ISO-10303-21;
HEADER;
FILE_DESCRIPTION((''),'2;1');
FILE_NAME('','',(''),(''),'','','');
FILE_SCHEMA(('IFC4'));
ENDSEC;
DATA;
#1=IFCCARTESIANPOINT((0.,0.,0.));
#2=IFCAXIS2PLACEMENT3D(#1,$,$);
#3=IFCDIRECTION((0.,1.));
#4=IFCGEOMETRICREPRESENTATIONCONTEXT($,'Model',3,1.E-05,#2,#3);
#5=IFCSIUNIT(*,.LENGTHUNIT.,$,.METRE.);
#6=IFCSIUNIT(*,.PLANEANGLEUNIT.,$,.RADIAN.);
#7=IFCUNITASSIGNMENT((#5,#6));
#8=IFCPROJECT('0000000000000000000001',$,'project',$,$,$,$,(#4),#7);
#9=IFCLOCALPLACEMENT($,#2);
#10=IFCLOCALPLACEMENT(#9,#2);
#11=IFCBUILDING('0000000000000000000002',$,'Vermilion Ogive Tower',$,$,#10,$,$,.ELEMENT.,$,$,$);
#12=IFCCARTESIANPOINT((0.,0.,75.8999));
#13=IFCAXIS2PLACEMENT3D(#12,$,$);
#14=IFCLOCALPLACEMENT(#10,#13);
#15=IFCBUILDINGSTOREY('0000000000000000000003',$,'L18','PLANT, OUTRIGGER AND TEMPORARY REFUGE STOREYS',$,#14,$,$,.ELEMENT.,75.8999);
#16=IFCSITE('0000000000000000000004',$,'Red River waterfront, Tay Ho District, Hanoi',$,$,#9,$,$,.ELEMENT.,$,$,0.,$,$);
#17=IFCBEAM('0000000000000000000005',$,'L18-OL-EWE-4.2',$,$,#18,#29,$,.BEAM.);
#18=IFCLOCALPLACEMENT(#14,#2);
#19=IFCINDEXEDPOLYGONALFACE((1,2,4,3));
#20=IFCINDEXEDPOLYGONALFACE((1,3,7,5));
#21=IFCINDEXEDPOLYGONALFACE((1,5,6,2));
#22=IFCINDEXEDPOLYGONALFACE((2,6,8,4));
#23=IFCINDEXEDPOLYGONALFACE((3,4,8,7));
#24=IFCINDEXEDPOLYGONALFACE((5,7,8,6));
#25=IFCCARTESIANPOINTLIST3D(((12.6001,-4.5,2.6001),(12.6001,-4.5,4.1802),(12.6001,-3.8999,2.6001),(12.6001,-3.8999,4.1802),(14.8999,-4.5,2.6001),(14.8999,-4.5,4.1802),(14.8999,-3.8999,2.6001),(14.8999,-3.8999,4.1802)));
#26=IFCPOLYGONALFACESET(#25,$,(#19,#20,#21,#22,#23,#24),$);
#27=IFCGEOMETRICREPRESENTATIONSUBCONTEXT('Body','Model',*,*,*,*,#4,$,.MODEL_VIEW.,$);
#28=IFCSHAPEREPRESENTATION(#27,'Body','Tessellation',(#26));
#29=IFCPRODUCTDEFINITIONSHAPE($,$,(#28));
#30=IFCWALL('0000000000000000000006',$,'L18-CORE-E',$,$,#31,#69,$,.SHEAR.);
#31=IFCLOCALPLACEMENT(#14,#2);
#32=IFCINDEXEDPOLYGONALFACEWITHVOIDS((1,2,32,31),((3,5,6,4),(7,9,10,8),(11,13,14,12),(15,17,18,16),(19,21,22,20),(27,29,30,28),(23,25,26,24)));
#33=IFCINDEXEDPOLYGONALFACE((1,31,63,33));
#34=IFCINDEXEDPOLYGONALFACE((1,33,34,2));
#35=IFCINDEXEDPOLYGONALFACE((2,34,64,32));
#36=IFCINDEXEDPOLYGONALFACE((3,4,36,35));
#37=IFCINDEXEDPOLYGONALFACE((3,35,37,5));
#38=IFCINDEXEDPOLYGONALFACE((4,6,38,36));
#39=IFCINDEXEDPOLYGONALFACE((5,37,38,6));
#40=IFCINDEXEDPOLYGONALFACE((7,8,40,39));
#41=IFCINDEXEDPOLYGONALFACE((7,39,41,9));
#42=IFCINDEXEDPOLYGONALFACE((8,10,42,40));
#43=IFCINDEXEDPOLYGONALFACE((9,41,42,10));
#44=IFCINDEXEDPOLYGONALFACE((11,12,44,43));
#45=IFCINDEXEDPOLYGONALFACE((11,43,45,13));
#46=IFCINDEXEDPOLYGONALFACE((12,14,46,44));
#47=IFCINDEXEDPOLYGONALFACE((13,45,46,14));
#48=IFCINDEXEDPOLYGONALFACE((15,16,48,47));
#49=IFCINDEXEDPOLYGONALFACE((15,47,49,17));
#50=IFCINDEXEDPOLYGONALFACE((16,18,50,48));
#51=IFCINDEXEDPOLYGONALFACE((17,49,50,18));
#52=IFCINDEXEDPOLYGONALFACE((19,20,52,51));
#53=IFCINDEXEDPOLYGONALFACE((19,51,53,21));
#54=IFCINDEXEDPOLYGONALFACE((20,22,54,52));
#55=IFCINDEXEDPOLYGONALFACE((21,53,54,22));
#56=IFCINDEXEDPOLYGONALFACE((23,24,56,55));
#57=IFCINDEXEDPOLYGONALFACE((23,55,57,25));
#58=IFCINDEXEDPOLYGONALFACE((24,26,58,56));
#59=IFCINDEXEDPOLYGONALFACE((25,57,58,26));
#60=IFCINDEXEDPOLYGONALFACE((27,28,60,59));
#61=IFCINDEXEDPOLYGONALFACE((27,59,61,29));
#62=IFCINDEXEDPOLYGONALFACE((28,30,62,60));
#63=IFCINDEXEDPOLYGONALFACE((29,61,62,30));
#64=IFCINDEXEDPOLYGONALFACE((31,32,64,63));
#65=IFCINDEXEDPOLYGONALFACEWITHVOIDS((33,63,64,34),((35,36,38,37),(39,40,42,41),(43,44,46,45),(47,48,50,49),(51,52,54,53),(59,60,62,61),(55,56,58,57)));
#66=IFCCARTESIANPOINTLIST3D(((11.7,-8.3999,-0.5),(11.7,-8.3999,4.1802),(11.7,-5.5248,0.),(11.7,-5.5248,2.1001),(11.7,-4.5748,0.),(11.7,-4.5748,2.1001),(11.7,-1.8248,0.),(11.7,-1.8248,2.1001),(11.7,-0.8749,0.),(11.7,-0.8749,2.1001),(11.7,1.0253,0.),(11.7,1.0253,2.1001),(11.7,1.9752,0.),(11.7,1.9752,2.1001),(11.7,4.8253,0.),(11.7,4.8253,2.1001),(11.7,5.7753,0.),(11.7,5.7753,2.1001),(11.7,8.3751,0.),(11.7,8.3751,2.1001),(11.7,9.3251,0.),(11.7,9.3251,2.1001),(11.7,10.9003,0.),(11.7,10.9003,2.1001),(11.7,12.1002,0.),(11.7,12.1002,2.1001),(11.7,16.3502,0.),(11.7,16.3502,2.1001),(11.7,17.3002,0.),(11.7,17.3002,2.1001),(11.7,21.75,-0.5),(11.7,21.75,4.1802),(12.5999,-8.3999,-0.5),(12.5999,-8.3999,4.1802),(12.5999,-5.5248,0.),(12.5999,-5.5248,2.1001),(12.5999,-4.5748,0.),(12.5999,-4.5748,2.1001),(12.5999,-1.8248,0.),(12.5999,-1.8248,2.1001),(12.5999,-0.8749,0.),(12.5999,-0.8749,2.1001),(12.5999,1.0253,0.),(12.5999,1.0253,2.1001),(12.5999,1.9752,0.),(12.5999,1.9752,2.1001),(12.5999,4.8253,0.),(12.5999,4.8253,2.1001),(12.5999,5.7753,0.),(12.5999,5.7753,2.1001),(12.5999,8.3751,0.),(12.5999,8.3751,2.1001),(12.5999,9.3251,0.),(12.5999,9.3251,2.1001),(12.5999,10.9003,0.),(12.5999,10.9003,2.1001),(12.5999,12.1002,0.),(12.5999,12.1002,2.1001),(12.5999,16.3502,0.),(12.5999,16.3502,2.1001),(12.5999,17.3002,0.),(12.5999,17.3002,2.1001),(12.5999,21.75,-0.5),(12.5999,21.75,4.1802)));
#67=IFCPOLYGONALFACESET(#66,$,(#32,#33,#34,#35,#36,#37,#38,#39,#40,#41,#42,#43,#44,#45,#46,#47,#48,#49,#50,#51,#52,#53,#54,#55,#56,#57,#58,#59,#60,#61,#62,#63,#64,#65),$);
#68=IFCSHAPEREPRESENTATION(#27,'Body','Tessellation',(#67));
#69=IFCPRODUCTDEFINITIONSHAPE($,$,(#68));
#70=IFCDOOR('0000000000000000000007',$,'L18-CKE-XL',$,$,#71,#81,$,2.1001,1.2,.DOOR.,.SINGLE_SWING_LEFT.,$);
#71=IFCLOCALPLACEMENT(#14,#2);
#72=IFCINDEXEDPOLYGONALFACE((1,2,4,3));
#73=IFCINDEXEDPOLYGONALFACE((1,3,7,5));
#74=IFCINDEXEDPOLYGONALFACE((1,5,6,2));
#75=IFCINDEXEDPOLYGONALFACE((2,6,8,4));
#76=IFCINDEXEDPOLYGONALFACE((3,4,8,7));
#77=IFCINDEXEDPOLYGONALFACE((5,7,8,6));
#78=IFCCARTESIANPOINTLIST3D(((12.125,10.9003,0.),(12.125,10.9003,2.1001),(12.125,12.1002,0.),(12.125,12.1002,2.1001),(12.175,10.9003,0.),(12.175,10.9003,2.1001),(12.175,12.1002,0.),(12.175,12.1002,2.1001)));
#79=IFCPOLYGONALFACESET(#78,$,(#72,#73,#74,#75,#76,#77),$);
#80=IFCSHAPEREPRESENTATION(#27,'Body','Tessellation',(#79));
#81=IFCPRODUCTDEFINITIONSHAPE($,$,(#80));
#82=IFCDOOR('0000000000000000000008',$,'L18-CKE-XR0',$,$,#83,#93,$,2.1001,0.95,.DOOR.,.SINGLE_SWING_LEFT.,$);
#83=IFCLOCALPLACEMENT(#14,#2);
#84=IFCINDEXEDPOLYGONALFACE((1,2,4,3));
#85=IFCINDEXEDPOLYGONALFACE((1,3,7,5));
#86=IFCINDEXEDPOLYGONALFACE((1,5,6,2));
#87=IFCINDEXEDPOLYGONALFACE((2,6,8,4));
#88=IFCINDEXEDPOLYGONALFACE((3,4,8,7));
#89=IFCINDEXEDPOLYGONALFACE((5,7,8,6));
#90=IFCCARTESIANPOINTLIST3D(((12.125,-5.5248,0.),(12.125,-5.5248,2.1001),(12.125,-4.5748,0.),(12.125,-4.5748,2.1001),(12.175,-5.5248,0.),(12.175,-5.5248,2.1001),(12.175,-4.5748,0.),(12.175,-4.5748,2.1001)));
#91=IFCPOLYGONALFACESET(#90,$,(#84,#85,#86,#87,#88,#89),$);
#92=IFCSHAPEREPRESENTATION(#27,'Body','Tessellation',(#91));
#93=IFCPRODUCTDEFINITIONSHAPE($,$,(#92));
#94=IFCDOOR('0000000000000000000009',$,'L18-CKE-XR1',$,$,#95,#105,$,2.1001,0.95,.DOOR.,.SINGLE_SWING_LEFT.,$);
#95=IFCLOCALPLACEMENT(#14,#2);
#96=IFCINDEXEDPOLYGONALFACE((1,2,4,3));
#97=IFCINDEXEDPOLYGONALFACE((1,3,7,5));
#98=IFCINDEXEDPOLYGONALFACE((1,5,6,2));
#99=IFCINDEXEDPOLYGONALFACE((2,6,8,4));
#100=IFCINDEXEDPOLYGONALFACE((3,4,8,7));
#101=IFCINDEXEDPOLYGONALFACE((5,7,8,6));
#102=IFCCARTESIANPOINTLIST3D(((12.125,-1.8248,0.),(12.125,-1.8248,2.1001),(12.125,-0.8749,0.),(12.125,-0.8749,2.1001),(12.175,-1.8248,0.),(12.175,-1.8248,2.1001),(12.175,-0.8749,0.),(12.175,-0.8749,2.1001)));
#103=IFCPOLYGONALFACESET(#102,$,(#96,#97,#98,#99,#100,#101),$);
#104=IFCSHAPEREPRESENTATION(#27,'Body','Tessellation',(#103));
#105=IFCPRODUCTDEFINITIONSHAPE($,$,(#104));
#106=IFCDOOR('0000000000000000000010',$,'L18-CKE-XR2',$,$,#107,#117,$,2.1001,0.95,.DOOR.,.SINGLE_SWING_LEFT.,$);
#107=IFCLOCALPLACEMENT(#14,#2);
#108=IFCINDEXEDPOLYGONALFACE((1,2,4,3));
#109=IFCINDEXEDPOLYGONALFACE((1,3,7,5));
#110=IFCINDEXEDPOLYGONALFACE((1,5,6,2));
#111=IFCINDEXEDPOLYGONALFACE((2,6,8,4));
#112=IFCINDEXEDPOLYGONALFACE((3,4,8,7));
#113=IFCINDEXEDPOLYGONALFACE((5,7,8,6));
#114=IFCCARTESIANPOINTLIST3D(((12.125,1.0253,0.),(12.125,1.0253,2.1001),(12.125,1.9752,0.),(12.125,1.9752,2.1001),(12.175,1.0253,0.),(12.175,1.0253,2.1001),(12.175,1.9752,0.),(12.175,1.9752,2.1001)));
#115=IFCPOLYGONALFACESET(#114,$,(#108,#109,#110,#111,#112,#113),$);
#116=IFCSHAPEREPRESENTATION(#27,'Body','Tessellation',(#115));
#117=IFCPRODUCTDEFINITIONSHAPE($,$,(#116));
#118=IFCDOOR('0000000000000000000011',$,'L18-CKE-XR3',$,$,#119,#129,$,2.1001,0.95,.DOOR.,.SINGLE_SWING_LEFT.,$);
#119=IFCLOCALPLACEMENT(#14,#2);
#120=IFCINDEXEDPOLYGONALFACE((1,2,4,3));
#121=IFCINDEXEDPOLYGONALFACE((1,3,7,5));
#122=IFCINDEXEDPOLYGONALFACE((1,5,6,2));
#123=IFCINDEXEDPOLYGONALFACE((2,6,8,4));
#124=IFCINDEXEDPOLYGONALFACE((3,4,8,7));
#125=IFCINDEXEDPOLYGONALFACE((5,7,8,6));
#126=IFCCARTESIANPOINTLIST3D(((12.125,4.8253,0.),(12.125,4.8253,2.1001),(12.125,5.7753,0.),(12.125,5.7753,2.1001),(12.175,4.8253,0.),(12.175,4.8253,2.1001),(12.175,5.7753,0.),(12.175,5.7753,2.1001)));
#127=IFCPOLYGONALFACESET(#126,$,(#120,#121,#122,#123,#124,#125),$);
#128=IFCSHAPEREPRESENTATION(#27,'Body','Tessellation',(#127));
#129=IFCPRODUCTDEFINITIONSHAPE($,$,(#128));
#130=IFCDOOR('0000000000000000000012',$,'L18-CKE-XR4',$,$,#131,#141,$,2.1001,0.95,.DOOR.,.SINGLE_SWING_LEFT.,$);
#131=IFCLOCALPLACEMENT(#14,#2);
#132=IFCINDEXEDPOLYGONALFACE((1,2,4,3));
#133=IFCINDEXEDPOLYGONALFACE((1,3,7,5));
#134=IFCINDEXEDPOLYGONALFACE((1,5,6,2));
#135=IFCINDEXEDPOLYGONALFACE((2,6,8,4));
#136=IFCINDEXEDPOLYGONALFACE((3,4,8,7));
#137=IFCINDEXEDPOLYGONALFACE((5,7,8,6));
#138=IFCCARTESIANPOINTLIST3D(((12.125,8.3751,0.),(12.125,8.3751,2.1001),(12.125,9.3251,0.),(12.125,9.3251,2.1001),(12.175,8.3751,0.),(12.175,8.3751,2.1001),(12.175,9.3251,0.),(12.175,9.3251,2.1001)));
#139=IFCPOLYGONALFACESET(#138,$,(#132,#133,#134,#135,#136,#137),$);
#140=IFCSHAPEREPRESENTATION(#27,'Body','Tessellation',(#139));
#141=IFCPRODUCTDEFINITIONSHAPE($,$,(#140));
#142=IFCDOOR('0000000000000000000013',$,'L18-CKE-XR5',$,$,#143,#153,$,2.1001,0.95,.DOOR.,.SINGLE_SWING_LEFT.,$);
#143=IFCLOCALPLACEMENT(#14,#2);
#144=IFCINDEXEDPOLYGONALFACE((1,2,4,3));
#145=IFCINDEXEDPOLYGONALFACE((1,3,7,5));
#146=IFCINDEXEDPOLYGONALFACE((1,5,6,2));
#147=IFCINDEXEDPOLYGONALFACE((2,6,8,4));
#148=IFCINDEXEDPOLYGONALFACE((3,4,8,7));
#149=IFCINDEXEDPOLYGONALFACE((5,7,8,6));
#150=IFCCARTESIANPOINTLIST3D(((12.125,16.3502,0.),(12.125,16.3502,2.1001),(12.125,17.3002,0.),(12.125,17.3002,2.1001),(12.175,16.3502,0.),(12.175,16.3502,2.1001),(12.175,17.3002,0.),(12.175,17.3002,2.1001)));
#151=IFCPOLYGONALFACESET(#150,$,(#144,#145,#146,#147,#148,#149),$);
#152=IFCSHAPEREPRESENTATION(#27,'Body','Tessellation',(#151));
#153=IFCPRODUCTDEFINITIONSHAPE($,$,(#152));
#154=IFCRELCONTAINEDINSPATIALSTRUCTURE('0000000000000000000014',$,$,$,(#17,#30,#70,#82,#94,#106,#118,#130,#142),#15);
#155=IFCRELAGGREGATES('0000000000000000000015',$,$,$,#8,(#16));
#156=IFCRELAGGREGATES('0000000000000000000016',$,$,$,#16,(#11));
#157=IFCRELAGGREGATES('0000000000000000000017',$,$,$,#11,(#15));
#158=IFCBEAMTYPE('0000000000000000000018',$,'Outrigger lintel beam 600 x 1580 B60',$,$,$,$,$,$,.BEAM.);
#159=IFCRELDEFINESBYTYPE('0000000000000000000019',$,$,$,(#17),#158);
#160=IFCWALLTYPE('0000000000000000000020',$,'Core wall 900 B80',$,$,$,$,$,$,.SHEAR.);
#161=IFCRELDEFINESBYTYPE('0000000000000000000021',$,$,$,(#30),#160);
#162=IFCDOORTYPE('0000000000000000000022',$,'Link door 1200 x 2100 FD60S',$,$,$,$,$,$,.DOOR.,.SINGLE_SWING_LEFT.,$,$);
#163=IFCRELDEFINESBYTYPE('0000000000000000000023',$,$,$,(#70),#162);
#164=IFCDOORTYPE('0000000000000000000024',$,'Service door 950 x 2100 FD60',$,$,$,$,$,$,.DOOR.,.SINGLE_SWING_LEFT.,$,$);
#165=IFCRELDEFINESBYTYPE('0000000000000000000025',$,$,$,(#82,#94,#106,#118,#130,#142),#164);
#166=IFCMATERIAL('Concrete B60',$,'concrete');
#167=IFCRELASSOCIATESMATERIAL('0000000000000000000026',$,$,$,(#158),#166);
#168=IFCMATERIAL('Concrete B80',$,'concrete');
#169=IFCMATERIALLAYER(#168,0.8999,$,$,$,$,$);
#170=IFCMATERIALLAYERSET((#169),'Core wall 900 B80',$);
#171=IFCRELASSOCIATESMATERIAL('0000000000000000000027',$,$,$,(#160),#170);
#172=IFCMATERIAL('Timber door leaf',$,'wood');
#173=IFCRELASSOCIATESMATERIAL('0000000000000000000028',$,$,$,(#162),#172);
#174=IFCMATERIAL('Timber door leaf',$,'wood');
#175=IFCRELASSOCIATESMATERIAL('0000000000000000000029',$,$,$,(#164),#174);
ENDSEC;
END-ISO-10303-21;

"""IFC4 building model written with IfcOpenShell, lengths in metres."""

from ifc_helpers import new_model, si_unit, direction, frame, frame_2d, origin, origin_2d, place, context, subcontext, project, spatial, rectangle, extrude, material, layer, layer_set, material_profile, profile_set, type_object, element, fill, save


model = new_model("IFC4")

# Units and contexts
model_context = context("Model", 3, precision=1e-05, world=origin(), true_north=direction((0.0, 1.0)))
body_context = subcontext(model_context, "Body", "Model", "MODEL_VIEW")
ifc_project = project(units=[si_unit("LENGTHUNIT", "METRE"), si_unit("PLANEANGLEUNIT", "RADIAN")], contexts=[model_context])

# Site, building, storey
site_placement = place(None, origin())
site = spatial("IfcSite", under=ifc_project, at=site_placement, Name="Red River waterfront, Tay Ho District, Hanoi", CompositionType="ELEMENT", RefElevation=0.0)
building_placement = place(site_placement, origin())
building = spatial("IfcBuilding", under=site, at=building_placement, Name="Vermilion Ogive Tower", CompositionType="ELEMENT")
storey_placement = place(building_placement, frame((0.0, 0.0, 75.8999)))
storey = spatial("IfcBuildingStorey", under=building, at=storey_placement, Name="L18", Description="PLANT, OUTRIGGER AND TEMPORARY REFUGE STOREYS", CompositionType="ELEMENT", Elevation=75.8999)

# Beam
ifc_material_1 = material(Name="Concrete B60", Category="concrete")
ifc_material_profile = material_profile(ifc_material_1, rectangle(XDim=0.6001, YDim=1.5801, at=origin_2d()), Name="600 x 1580")
ifc_profile_set = profile_set([ifc_material_profile], Name="Concrete B60")
beam_type = type_object("IfcBeamType", Name="Outrigger lintel beam 600 x 1580 B60", PredefinedType="BEAM", material=ifc_profile_set)
beam_placement = place(storey_placement, frame((12.6001, -4.2, 3.3901), z_axis=(1.0, 0.0, 0.0), x_axis=(0.0, 1.0, 0.0)))
element("IfcBeam", 1, at=beam_placement, inside=storey, type_object=beam_type, Name="L18-OL-EWE-4.2", PredefinedType="BEAM", context=body_context, shape_type="SweptSolid", body=[
    extrude(rectangle(XDim=0.6001, YDim=1.5801, at=origin_2d()), origin(), (0.0, 0.0, 1.0), 2.2998),
])

# Wall, openings, doors
ifc_material_2 = material(Name="Concrete B80", Category="concrete")
ifc_layer_1 = layer(ifc_material_2, 0.8999)
ifc_layer_set_1 = layer_set([ifc_layer_1], Name="Core wall 900 B80")
wall_type_1 = type_object("IfcWallType", Name="Core wall 900 B80", PredefinedType="SHEAR", material=ifc_layer_set_1)
wall_1_placement = place(storey_placement, frame((12.1499, -8.3999, -0.5), z_axis=(0.0, 0.0, 1.0), x_axis=(0.0, 1.0, 0.0)))
wall_1 = element("IfcWall", 2, at=wall_1_placement, inside=storey, type_object=wall_type_1, Name="L18-CORE-E", PredefinedType="SHEAR", context=body_context, shape_type="SweptSolid", body=[
    extrude(rectangle(XDim=30.1499, YDim=0.8999, at=frame_2d((15.075, 0.0))), origin(), (0.0, 0.0, 1.0), 4.6802),
])
opening_1_placement = place(wall_1_placement, frame((2.875, 0.0, 0.5)))
opening_1 = element("IfcOpeningElement", 3, at=opening_1_placement, cuts=wall_1, PredefinedType="OPENING", context=body_context, shape_type="SweptSolid", body=[
    extrude(rectangle(XDim=0.95, YDim=2.1001, at=frame_2d((0.4751, 1.05))), frame((0.0, 0.46, 0.0), z_axis=(0.0, -1.0, 0.0), x_axis=(1.0, 0.0, 0.0)), (0.0, 0.0, 1.0), 0.9199),
])
opening_2_placement = place(wall_1_placement, frame((6.575, 0.0, 0.5)))
opening_2 = element("IfcOpeningElement", 4, at=opening_2_placement, cuts=wall_1, PredefinedType="OPENING", context=body_context, shape_type="SweptSolid", body=[
    extrude(rectangle(XDim=0.95, YDim=2.1001, at=frame_2d((0.4751, 1.05))), frame((0.0, 0.46, 0.0), z_axis=(0.0, -1.0, 0.0), x_axis=(1.0, 0.0, 0.0)), (0.0, 0.0, 1.0), 0.9199),
])
opening_3_placement = place(wall_1_placement, frame((9.425, 0.0, 0.5)))
opening_3 = element("IfcOpeningElement", 5, at=opening_3_placement, cuts=wall_1, PredefinedType="OPENING", context=body_context, shape_type="SweptSolid", body=[
    extrude(rectangle(XDim=0.95, YDim=2.1001, at=frame_2d((0.4751, 1.05))), frame((0.0, 0.46, 0.0), z_axis=(0.0, -1.0, 0.0), x_axis=(1.0, 0.0, 0.0)), (0.0, 0.0, 1.0), 0.9199),
])
opening_4_placement = place(wall_1_placement, frame((13.2251, 0.0, 0.5)))
opening_4 = element("IfcOpeningElement", 6, at=opening_4_placement, cuts=wall_1, PredefinedType="OPENING", context=body_context, shape_type="SweptSolid", body=[
    extrude(rectangle(XDim=0.95, YDim=2.1001, at=frame_2d((0.4751, 1.05))), frame((0.0, 0.46, 0.0), z_axis=(0.0, -1.0, 0.0), x_axis=(1.0, 0.0, 0.0)), (0.0, 0.0, 1.0), 0.9199),
])
opening_5_placement = place(wall_1_placement, frame((16.7749, 0.0, 0.5)))
opening_5 = element("IfcOpeningElement", 7, at=opening_5_placement, cuts=wall_1, PredefinedType="OPENING", context=body_context, shape_type="SweptSolid", body=[
    extrude(rectangle(XDim=0.95, YDim=2.1001, at=frame_2d((0.4751, 1.05))), frame((0.0, 0.46, 0.0), z_axis=(0.0, -1.0, 0.0), x_axis=(1.0, 0.0, 0.0)), (0.0, 0.0, 1.0), 0.9199),
])
opening_6_placement = place(wall_1_placement, frame((24.75, 0.0, 0.5)))
opening_6 = element("IfcOpeningElement", 8, at=opening_6_placement, cuts=wall_1, PredefinedType="OPENING", context=body_context, shape_type="SweptSolid", body=[
    extrude(rectangle(XDim=0.95, YDim=2.1001, at=frame_2d((0.4751, 1.05))), frame((0.0, 0.46, 0.0), z_axis=(0.0, -1.0, 0.0), x_axis=(1.0, 0.0, 0.0)), (0.0, 0.0, 1.0), 0.9199),
])
opening_7_placement = place(wall_1_placement, frame((19.3, 0.0, 0.5)))
opening_7 = element("IfcOpeningElement", 9, at=opening_7_placement, cuts=wall_1, PredefinedType="OPENING", context=body_context, shape_type="SweptSolid", body=[
    extrude(rectangle(XDim=1.2, YDim=2.1001, at=frame_2d((0.6001, 1.05))), frame((0.0, 0.46, 0.0), z_axis=(0.0, -1.0, 0.0), x_axis=(1.0, 0.0, 0.0)), (0.0, 0.0, 1.0), 0.9199),
])
ifc_material_3 = material(Name="Timber door leaf", Category="wood")
door_type_1 = type_object("IfcDoorType", Name="Link door 1200 x 2100 FD60S", OperationType="SINGLE_SWING_LEFT", PredefinedType="DOOR", material=ifc_material_3)
door_1_placement = place(opening_7_placement, origin())
door_1 = element("IfcDoor", 10, at=door_1_placement, inside=storey, type_object=door_type_1, Name="L18-CKE-XL", OperationType="SINGLE_SWING_LEFT", OverallHeight=2.1001, OverallWidth=1.2, PredefinedType="DOOR", context=body_context, shape_type="SweptSolid", body=[
    extrude(rectangle(XDim=1.2, YDim=2.1001, at=frame_2d((0.6001, 1.05))), frame((0.0, 0.0249, 0.0), z_axis=(0.0, -1.0, 0.0), x_axis=(1.0, 0.0, 0.0)), (0.0, 0.0, 1.0), 0.05),
])
fill(opening_7, door_1)
ifc_material_4 = material(Name="Timber door leaf", Category="wood")
door_type_2 = type_object("IfcDoorType", Name="Service door 950 x 2100 FD60", OperationType="SINGLE_SWING_LEFT", PredefinedType="DOOR", material=ifc_material_4)
door_2_placement = place(opening_1_placement, origin())
door_2 = element("IfcDoor", 11, at=door_2_placement, inside=storey, type_object=door_type_2, Name="L18-CKE-XR0", OperationType="SINGLE_SWING_LEFT", OverallHeight=2.1001, OverallWidth=0.95, PredefinedType="DOOR", context=body_context, shape_type="SweptSolid", body=[
    extrude(rectangle(XDim=0.95, YDim=2.1001, at=frame_2d((0.4751, 1.05))), frame((0.0, 0.0249, 0.0), z_axis=(0.0, -1.0, 0.0), x_axis=(1.0, 0.0, 0.0)), (0.0, 0.0, 1.0), 0.05),
])
fill(opening_1, door_2)
door_3_placement = place(opening_2_placement, origin())
door_3 = element("IfcDoor", 12, at=door_3_placement, inside=storey, type_object=door_type_2, Name="L18-CKE-XR1", OperationType="SINGLE_SWING_LEFT", OverallHeight=2.1001, OverallWidth=0.95, PredefinedType="DOOR", context=body_context, shape_type="SweptSolid", body=[
    extrude(rectangle(XDim=0.95, YDim=2.1001, at=frame_2d((0.4751, 1.05))), frame((0.0, 0.0249, 0.0), z_axis=(0.0, -1.0, 0.0), x_axis=(1.0, 0.0, 0.0)), (0.0, 0.0, 1.0), 0.05),
])
fill(opening_2, door_3)
door_4_placement = place(opening_3_placement, origin())
door_4 = element("IfcDoor", 13, at=door_4_placement, inside=storey, type_object=door_type_2, Name="L18-CKE-XR2", OperationType="SINGLE_SWING_LEFT", OverallHeight=2.1001, OverallWidth=0.95, PredefinedType="DOOR", context=body_context, shape_type="SweptSolid", body=[
    extrude(rectangle(XDim=0.95, YDim=2.1001, at=frame_2d((0.4751, 1.05))), frame((0.0, 0.0249, 0.0), z_axis=(0.0, -1.0, 0.0), x_axis=(1.0, 0.0, 0.0)), (0.0, 0.0, 1.0), 0.05),
])
fill(opening_3, door_4)
door_5_placement = place(opening_4_placement, origin())
door_5 = element("IfcDoor", 14, at=door_5_placement, inside=storey, type_object=door_type_2, Name="L18-CKE-XR3", OperationType="SINGLE_SWING_LEFT", OverallHeight=2.1001, OverallWidth=0.95, PredefinedType="DOOR", context=body_context, shape_type="SweptSolid", body=[
    extrude(rectangle(XDim=0.95, YDim=2.1001, at=frame_2d((0.4751, 1.05))), frame((0.0, 0.0249, 0.0), z_axis=(0.0, -1.0, 0.0), x_axis=(1.0, 0.0, 0.0)), (0.0, 0.0, 1.0), 0.05),
])
fill(opening_4, door_5)
door_6_placement = place(opening_5_placement, origin())
door_6 = element("IfcDoor", 15, at=door_6_placement, inside=storey, type_object=door_type_2, Name="L18-CKE-XR4", OperationType="SINGLE_SWING_LEFT", OverallHeight=2.1001, OverallWidth=0.95, PredefinedType="DOOR", context=body_context, shape_type="SweptSolid", body=[
    extrude(rectangle(XDim=0.95, YDim=2.1001, at=frame_2d((0.4751, 1.05))), frame((0.0, 0.0249, 0.0), z_axis=(0.0, -1.0, 0.0), x_axis=(1.0, 0.0, 0.0)), (0.0, 0.0, 1.0), 0.05),
])
fill(opening_5, door_6)
door_7_placement = place(opening_6_placement, origin())
door_7 = element("IfcDoor", 16, at=door_7_placement, inside=storey, type_object=door_type_2, Name="L18-CKE-XR5", OperationType="SINGLE_SWING_LEFT", OverallHeight=2.1001, OverallWidth=0.95, PredefinedType="DOOR", context=body_context, shape_type="SweptSolid", body=[
    extrude(rectangle(XDim=0.95, YDim=2.1001, at=frame_2d((0.4751, 1.05))), frame((0.0, 0.0249, 0.0), z_axis=(0.0, -1.0, 0.0), x_axis=(1.0, 0.0, 0.0)), (0.0, 0.0, 1.0), 0.05),
])
fill(opening_6, door_7)

save(model, "model.ifc")
